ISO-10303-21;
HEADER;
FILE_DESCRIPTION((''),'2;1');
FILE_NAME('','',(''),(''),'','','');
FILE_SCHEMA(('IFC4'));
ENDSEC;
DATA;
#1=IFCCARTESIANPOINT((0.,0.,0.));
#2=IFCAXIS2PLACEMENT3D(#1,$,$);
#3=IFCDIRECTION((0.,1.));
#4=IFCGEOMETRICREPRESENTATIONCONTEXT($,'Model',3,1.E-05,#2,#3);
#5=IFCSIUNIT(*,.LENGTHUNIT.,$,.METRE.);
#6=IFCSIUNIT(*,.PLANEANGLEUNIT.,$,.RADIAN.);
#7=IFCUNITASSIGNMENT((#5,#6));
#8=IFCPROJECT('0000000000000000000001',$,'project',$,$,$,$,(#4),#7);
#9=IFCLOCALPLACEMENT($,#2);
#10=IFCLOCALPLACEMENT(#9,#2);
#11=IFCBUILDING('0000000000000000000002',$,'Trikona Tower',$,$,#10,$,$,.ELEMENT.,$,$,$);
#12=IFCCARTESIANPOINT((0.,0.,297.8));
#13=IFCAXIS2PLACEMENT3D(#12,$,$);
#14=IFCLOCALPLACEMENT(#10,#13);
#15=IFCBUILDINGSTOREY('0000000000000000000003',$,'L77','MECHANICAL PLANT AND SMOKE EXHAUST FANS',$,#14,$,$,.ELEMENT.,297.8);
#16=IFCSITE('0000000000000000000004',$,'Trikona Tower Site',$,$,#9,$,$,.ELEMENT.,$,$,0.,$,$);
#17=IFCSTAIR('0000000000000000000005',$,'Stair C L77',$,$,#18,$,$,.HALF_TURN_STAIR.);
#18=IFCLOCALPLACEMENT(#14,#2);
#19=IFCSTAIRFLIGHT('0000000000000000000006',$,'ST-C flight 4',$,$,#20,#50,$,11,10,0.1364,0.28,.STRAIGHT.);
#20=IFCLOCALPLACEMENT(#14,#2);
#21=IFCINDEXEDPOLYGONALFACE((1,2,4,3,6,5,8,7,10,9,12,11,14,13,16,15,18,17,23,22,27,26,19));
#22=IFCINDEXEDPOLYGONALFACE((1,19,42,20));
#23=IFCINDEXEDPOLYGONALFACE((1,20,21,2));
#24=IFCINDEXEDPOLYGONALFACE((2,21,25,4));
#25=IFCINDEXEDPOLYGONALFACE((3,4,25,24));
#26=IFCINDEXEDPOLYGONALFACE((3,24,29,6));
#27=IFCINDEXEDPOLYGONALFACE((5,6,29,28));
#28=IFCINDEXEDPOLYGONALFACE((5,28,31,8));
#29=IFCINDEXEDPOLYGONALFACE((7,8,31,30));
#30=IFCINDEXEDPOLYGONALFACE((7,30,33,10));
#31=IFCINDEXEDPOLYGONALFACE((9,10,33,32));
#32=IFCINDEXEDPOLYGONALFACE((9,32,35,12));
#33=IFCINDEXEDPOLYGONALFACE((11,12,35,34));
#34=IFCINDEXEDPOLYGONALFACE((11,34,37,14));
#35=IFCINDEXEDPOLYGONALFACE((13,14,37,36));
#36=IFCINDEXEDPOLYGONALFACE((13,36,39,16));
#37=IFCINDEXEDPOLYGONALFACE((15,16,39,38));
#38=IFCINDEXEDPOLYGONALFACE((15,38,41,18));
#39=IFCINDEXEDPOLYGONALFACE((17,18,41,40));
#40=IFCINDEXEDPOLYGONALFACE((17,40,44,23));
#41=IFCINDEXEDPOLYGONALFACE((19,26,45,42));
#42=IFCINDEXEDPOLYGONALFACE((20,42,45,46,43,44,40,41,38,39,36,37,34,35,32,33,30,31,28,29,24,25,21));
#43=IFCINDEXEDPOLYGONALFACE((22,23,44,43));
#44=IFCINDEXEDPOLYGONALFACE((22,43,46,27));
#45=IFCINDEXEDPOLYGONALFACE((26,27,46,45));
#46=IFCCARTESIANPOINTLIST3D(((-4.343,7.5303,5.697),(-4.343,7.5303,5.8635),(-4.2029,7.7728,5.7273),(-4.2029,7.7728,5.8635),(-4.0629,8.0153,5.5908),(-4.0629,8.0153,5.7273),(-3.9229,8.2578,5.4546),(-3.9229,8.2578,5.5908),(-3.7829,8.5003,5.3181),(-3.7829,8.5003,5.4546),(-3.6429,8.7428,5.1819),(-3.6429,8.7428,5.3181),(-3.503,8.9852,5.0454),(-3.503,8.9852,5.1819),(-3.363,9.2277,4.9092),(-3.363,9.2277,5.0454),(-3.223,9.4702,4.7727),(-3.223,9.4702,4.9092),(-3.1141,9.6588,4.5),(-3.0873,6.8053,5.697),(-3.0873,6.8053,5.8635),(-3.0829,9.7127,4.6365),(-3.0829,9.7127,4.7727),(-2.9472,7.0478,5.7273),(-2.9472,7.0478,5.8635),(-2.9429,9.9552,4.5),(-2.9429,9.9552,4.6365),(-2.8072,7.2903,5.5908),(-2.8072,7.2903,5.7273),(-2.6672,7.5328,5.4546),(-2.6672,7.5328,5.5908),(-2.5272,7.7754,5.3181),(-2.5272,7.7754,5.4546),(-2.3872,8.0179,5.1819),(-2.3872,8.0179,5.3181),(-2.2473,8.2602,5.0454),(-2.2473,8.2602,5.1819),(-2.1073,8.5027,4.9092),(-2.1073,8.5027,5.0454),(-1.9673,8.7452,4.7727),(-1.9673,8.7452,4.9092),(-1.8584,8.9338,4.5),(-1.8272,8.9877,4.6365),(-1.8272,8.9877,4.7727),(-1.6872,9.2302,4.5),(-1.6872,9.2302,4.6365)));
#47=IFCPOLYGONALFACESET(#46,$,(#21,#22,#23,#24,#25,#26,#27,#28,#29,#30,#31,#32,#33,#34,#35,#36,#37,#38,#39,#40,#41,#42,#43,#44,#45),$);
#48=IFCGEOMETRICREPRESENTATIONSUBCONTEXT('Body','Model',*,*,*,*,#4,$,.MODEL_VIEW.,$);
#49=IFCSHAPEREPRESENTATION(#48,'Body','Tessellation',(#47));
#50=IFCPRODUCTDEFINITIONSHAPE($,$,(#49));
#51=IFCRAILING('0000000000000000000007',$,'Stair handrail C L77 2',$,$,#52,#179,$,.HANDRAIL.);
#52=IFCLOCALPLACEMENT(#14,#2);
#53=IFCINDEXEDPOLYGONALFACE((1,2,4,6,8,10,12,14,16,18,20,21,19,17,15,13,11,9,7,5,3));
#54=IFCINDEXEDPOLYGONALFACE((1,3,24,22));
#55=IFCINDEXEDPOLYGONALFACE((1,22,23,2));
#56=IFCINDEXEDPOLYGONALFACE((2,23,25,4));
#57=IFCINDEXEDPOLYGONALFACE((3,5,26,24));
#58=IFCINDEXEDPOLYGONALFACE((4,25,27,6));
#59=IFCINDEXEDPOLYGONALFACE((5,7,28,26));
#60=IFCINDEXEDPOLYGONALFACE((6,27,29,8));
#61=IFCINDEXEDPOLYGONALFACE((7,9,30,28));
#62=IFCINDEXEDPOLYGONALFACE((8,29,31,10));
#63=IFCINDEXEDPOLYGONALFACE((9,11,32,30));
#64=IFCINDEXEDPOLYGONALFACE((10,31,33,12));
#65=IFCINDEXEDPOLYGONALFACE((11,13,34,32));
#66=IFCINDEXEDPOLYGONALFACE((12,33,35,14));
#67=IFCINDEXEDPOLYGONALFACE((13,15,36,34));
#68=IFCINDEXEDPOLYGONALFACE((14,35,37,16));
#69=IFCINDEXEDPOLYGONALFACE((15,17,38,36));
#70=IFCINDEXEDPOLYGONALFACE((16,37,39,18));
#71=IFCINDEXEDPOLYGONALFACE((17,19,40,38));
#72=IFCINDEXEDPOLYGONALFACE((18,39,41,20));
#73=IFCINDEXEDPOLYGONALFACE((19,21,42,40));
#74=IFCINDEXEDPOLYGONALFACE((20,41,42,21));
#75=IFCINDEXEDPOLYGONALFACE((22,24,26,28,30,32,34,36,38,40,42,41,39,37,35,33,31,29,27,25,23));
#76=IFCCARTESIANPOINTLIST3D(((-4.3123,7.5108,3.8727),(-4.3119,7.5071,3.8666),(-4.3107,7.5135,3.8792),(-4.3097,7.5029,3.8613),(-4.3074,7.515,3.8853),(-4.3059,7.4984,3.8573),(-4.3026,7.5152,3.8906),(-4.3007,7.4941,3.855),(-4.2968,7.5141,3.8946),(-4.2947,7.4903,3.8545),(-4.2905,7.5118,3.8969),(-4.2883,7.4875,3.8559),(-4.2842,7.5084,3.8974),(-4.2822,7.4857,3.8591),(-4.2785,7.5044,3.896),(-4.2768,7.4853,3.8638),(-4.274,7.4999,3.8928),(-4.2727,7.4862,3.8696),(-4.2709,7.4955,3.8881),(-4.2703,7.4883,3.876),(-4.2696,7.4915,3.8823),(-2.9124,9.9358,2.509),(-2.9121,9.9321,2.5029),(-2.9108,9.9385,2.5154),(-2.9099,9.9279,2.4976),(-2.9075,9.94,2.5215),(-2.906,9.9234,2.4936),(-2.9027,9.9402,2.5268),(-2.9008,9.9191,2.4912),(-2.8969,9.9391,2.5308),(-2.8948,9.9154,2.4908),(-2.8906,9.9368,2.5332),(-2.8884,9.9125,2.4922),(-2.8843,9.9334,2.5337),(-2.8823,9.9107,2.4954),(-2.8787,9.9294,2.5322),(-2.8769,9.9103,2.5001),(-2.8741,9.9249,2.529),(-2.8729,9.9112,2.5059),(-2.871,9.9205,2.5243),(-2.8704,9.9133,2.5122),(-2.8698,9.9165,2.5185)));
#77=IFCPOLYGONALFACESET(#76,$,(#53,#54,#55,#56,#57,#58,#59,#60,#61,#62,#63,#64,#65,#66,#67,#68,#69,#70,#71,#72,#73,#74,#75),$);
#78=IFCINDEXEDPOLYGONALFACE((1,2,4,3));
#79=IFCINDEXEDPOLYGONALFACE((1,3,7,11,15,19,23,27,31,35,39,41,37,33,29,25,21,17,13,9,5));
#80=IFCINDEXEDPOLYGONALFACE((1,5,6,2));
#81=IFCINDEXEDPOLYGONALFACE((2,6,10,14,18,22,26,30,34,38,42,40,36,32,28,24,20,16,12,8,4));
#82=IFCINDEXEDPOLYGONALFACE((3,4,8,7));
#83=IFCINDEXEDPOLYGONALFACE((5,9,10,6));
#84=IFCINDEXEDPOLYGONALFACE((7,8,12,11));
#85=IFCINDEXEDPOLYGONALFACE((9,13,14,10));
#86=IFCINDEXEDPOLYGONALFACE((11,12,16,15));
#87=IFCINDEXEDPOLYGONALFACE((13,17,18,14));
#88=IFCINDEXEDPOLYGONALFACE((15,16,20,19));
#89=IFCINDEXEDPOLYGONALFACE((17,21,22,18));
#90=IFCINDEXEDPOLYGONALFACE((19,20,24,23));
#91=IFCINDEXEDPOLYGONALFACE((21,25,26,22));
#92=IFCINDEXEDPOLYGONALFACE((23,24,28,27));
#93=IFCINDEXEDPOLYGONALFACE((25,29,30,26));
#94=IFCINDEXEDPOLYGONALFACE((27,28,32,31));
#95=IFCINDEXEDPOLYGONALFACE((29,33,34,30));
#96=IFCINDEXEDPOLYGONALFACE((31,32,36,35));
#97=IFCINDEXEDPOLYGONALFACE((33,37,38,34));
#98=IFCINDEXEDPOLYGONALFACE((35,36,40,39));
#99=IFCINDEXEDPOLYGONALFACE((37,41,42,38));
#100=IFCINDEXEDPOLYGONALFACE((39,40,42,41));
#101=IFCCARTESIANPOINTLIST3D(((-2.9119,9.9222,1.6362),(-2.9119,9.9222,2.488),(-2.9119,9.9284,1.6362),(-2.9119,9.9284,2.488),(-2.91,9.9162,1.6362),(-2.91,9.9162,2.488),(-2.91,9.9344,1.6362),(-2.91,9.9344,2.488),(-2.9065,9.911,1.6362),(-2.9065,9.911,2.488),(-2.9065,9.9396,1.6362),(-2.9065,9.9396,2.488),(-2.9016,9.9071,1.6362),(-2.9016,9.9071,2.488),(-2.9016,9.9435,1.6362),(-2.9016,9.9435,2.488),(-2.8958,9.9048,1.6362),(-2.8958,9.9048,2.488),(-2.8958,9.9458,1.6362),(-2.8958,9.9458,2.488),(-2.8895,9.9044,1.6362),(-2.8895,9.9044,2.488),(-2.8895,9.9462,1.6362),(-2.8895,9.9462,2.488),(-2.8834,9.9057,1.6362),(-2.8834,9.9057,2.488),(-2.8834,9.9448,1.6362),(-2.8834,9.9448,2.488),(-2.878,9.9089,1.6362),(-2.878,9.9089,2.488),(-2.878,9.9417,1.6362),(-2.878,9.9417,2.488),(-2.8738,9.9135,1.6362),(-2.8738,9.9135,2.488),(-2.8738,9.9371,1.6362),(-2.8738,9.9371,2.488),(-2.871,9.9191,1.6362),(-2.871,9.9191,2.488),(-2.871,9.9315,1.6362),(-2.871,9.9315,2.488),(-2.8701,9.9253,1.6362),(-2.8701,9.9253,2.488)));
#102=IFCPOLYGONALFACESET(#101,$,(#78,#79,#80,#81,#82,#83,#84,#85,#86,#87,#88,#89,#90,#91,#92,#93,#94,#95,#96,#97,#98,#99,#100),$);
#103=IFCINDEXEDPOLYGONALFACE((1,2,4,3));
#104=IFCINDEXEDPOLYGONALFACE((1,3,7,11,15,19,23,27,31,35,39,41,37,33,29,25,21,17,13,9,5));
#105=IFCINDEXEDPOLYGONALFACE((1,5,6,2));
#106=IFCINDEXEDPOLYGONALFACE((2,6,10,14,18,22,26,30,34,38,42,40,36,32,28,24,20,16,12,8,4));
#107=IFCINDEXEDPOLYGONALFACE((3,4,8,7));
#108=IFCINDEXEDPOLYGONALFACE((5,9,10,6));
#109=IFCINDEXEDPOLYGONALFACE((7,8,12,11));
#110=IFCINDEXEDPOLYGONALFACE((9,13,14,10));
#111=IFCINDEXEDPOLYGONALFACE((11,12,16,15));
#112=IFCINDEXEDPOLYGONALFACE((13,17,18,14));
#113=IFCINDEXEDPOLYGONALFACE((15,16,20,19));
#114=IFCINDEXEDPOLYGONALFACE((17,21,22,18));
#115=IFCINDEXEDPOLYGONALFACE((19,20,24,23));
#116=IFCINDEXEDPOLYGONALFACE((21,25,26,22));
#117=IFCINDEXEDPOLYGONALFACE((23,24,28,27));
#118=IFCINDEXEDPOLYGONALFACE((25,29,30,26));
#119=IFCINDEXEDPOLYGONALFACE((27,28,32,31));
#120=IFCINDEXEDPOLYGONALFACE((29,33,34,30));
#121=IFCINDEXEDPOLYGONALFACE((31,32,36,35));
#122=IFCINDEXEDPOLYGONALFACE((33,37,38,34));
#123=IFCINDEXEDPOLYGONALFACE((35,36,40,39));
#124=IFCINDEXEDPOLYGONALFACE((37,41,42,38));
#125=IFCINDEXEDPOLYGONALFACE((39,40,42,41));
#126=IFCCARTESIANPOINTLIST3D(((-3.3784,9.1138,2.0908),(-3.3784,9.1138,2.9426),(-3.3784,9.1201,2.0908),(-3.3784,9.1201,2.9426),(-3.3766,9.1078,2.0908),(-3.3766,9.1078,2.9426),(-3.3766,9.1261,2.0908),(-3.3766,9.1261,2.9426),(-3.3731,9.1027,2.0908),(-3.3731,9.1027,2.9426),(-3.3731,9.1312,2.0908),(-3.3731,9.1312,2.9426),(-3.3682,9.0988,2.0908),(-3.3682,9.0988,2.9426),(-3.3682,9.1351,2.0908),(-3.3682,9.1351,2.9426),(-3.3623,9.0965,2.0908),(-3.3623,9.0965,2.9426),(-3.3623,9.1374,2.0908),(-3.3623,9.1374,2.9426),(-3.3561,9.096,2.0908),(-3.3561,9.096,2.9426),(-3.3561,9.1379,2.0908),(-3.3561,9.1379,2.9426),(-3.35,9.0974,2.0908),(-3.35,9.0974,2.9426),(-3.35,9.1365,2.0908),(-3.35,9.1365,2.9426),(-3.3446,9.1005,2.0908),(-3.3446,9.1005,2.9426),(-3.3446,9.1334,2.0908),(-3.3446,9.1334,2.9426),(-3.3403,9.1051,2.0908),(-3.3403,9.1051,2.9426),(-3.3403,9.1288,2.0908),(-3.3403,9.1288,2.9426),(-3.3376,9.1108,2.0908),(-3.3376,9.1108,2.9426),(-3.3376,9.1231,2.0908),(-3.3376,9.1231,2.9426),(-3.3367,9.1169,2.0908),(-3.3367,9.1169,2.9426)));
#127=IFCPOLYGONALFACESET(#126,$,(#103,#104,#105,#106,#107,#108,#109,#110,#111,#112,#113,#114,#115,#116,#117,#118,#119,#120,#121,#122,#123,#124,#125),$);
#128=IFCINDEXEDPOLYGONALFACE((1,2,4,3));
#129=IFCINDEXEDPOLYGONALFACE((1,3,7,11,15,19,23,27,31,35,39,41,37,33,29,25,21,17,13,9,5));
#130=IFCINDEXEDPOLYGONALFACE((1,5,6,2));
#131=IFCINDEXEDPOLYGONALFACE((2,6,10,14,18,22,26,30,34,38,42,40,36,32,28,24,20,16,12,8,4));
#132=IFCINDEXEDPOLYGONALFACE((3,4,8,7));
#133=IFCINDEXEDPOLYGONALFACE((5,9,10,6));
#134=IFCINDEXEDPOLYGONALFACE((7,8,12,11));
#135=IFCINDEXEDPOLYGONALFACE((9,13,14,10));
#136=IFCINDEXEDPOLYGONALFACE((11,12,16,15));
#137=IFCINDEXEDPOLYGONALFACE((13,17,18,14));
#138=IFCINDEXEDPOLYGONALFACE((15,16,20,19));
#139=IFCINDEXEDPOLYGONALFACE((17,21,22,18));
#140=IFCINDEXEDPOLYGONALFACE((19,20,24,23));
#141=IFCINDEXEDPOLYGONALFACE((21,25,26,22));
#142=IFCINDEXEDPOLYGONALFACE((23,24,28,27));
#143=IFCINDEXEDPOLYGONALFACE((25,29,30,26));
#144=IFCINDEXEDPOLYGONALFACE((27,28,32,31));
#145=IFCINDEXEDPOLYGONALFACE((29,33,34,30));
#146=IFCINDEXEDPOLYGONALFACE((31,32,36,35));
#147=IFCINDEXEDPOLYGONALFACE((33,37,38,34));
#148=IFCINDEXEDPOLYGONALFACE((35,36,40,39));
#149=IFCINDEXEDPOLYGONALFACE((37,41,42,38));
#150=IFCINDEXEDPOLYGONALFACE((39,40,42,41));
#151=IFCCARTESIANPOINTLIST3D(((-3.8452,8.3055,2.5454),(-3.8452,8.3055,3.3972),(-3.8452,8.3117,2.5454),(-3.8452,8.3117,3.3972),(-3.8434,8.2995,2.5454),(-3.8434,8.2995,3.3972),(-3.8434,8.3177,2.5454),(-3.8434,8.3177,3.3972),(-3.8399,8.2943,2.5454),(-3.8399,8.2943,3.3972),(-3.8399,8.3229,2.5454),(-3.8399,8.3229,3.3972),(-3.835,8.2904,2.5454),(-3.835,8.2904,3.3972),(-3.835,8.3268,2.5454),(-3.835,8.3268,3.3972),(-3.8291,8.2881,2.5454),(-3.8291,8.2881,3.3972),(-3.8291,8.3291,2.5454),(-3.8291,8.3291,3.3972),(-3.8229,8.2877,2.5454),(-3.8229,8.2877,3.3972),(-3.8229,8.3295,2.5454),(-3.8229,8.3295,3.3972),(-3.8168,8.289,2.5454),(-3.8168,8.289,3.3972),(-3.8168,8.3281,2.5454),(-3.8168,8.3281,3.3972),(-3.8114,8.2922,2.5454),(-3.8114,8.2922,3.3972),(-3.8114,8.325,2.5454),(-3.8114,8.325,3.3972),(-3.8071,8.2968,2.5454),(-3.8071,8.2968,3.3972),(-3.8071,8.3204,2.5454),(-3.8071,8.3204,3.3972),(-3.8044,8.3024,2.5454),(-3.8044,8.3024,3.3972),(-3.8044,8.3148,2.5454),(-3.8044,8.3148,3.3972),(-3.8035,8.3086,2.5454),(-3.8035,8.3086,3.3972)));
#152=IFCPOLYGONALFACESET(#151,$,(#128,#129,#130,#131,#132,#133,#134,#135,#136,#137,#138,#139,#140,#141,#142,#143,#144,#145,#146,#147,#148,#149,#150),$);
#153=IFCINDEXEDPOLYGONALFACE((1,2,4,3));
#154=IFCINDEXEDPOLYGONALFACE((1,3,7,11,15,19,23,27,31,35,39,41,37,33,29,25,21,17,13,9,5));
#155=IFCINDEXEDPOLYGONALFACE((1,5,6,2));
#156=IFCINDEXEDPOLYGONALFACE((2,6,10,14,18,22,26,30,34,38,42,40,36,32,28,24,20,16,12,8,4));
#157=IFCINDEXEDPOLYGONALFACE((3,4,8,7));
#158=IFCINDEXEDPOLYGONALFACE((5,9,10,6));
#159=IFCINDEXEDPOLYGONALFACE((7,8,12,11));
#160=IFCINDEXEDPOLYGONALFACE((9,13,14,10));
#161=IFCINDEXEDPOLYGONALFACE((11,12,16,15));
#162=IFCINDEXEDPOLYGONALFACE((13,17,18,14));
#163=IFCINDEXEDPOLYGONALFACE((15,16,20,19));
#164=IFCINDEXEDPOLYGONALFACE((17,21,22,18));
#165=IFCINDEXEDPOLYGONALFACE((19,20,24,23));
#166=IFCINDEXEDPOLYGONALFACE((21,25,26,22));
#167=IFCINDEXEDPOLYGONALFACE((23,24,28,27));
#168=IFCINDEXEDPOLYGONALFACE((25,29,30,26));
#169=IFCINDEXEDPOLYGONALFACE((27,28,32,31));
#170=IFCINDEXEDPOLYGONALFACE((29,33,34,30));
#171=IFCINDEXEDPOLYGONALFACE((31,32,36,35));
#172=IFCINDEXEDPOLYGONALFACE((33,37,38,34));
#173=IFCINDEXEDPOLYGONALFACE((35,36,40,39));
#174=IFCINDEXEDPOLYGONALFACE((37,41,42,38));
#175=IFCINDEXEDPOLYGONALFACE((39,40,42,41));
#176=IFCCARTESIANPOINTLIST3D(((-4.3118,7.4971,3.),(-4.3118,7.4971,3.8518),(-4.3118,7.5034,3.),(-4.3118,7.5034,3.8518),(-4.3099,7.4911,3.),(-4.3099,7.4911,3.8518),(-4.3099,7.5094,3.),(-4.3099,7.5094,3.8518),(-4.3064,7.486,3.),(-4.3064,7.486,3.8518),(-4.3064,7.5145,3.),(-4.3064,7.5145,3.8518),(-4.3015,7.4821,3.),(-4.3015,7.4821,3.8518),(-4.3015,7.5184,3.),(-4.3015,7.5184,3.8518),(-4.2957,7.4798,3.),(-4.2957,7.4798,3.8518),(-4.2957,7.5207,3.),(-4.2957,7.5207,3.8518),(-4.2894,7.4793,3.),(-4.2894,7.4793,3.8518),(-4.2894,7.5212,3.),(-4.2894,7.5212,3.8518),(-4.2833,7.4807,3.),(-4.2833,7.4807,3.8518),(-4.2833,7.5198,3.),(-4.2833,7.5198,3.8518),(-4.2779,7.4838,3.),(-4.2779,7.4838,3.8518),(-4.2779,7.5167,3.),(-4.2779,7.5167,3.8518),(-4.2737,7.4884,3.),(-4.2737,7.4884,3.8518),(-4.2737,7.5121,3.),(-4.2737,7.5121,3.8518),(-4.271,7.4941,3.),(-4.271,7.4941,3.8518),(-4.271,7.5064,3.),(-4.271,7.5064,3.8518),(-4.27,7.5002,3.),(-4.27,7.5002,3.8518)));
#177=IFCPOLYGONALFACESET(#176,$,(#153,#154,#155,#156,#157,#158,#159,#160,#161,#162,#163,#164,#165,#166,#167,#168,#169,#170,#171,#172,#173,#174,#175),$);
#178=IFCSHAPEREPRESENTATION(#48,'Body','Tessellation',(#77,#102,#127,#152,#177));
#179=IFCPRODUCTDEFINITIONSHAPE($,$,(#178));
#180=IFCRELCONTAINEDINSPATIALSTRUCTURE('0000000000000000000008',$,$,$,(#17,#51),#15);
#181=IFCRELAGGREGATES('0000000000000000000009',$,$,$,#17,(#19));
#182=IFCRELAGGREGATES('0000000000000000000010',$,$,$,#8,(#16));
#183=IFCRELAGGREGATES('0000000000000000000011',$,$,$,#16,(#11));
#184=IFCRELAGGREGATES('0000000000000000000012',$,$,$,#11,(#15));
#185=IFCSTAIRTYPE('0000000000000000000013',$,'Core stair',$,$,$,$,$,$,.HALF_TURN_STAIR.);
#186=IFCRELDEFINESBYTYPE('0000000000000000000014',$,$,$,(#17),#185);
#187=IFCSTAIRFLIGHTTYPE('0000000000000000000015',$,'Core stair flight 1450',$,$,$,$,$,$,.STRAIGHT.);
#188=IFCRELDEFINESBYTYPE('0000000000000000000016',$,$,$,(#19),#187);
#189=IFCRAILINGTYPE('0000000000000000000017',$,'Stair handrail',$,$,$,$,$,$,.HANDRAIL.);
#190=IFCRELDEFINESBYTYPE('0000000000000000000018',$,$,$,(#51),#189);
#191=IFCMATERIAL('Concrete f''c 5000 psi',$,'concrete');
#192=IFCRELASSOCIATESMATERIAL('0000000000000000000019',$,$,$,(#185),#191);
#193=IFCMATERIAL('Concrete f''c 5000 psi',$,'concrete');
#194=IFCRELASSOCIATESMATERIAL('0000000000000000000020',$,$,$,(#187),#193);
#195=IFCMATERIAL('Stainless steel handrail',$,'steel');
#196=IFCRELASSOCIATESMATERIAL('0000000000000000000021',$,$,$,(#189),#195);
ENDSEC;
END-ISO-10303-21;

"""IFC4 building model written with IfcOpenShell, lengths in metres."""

from ifc_helpers import new_model, si_unit, direction, frame, origin, origin_2d, place, context, subcontext, project, spatial, polyline, circle, outline, extrude, material, type_object, element, aggregate, save


model = new_model("IFC4")

# Units and contexts
model_context = context("Model", 3, precision=1e-05, world=origin(), true_north=direction((0.0, 1.0)))
body_context = subcontext(model_context, "Body", "Model", "MODEL_VIEW")
ifc_project = project(units=[si_unit("LENGTHUNIT", "METRE"), si_unit("PLANEANGLEUNIT", "RADIAN")], contexts=[model_context])

# Site, building, storey
site_placement = place(None, origin())
site = spatial("IfcSite", under=ifc_project, at=site_placement, Name="Trikona Tower Site", CompositionType="ELEMENT", RefElevation=0.0)
building_placement = place(site_placement, origin())
building = spatial("IfcBuilding", under=site, at=building_placement, Name="Trikona Tower", CompositionType="ELEMENT")
storey_placement = place(building_placement, frame((0.0, 0.0, 297.8)))
storey = spatial("IfcBuildingStorey", under=building, at=storey_placement, Name="L77", Description="MECHANICAL PLANT AND SMOKE EXHAUST FANS", CompositionType="ELEMENT", Elevation=297.8)

# Stair, stair flight
ifc_material_1 = material(Name="Concrete f'c 5000 psi", Category="concrete")
stair_type = type_object("IfcStairType", Name="Core stair", PredefinedType="HALF_TURN_STAIR", material=ifc_material_1)
stair_placement = place(storey_placement, origin())
stair = element("IfcStair", 1, at=stair_placement, inside=storey, type_object=stair_type, Name="Stair C L77", PredefinedType="HALF_TURN_STAIR")
ifc_material_2 = material(Name="Concrete f'c 5000 psi", Category="concrete")
stair_flight_type = type_object("IfcStairFlightType", Name="Core stair flight 1450", PredefinedType="STRAIGHT", material=ifc_material_2)
stair_flight_1_placement = place(storey_placement, frame((-2.3152, 9.5928, 4.5), z_axis=(0.0, 0.0, 1.0), x_axis=(-0.5, -0.866025, 0.0)))
stair_flight_1 = element("IfcStairFlight", 2, at=stair_flight_1_placement, type_object=stair_flight_type, Name="ST-C flight 4", NumberOfRisers=11, NumberOfTreads=10, PredefinedType="STRAIGHT", RiserHeight=0.1364, TreadLength=0.28, context=body_context, shape_type="SweptSolid", body=[
    extrude(outline(polyline([(0.0, 0.0), (0.0, 0.1365), (0.28, 0.1365), (0.28, 0.2727), (0.5601, 0.2727), (0.5601, 0.4092), (0.8401, 0.4092), (0.8401, 0.5454), (1.1201, 0.5454), (1.1201, 0.6819), (1.3999, 0.6819), (1.3999, 0.8181), (1.6799, 0.8181), (1.6799, 0.9546), (1.96, 0.9546), (1.96, 1.0908), (2.24, 1.0908), (2.24, 1.2273), (2.52, 1.2273), (2.52, 1.3635), (2.8, 1.3635), (2.8, 1.5), (2.8, 1.197), (0.3423, 0.0), (0.0, 0.0)])), frame((0.0, 0.7251, 0.0), z_axis=(0.0, -1.0, 0.0), x_axis=(1.0, 0.0, 0.0)), (0.0, 0.0, 1.0), 1.45),
])
aggregate(stair, [stair_flight_1])

# Railing
ifc_material_3 = material(Name="Stainless steel handrail", Category="steel")
railing_type = type_object("IfcRailingType", Name="Stair handrail", PredefinedType="HANDRAIL", material=ifc_material_3)
for number, where, name in (
    (3, (-2.8911, 9.9253, 1.6362), "Stair handrail C L77 2"),
):
    element("IfcRailing", number, at=place(storey_placement, frame(where)), inside=storey, type_object=railing_type, Name=name, PredefinedType="HANDRAIL", context=body_context, shape_type="SweptSolid", body=[
        extrude(circle(Radius=0.0239, at=origin_2d()), frame((0.0, 0.0, 0.876), z_axis=(-0.449471, -0.778618, 0.43787), x_axis=(0.866056, -0.499946, 0.0)), (0.0, 0.0, 1.0), 3.1145),
        extrude(circle(Radius=0.021, at=origin_2d()), origin(), (0.0, 0.0, 1.0), 0.8518),
        extrude(circle(Radius=0.021, at=origin_2d()), frame((-0.4666, -0.8083, 0.4546)), (0.0, 0.0, 1.0), 0.8518),
        extrude(circle(Radius=0.021, at=origin_2d()), frame((-0.9333, -1.6167, 0.9092)), (0.0, 0.0, 1.0), 0.8518),
        extrude(circle(Radius=0.021, at=origin_2d()), frame((-1.3999, -2.425, 1.3638)), (0.0, 0.0, 1.0), 0.8518),
    ])

save(model, "model.ifc")
